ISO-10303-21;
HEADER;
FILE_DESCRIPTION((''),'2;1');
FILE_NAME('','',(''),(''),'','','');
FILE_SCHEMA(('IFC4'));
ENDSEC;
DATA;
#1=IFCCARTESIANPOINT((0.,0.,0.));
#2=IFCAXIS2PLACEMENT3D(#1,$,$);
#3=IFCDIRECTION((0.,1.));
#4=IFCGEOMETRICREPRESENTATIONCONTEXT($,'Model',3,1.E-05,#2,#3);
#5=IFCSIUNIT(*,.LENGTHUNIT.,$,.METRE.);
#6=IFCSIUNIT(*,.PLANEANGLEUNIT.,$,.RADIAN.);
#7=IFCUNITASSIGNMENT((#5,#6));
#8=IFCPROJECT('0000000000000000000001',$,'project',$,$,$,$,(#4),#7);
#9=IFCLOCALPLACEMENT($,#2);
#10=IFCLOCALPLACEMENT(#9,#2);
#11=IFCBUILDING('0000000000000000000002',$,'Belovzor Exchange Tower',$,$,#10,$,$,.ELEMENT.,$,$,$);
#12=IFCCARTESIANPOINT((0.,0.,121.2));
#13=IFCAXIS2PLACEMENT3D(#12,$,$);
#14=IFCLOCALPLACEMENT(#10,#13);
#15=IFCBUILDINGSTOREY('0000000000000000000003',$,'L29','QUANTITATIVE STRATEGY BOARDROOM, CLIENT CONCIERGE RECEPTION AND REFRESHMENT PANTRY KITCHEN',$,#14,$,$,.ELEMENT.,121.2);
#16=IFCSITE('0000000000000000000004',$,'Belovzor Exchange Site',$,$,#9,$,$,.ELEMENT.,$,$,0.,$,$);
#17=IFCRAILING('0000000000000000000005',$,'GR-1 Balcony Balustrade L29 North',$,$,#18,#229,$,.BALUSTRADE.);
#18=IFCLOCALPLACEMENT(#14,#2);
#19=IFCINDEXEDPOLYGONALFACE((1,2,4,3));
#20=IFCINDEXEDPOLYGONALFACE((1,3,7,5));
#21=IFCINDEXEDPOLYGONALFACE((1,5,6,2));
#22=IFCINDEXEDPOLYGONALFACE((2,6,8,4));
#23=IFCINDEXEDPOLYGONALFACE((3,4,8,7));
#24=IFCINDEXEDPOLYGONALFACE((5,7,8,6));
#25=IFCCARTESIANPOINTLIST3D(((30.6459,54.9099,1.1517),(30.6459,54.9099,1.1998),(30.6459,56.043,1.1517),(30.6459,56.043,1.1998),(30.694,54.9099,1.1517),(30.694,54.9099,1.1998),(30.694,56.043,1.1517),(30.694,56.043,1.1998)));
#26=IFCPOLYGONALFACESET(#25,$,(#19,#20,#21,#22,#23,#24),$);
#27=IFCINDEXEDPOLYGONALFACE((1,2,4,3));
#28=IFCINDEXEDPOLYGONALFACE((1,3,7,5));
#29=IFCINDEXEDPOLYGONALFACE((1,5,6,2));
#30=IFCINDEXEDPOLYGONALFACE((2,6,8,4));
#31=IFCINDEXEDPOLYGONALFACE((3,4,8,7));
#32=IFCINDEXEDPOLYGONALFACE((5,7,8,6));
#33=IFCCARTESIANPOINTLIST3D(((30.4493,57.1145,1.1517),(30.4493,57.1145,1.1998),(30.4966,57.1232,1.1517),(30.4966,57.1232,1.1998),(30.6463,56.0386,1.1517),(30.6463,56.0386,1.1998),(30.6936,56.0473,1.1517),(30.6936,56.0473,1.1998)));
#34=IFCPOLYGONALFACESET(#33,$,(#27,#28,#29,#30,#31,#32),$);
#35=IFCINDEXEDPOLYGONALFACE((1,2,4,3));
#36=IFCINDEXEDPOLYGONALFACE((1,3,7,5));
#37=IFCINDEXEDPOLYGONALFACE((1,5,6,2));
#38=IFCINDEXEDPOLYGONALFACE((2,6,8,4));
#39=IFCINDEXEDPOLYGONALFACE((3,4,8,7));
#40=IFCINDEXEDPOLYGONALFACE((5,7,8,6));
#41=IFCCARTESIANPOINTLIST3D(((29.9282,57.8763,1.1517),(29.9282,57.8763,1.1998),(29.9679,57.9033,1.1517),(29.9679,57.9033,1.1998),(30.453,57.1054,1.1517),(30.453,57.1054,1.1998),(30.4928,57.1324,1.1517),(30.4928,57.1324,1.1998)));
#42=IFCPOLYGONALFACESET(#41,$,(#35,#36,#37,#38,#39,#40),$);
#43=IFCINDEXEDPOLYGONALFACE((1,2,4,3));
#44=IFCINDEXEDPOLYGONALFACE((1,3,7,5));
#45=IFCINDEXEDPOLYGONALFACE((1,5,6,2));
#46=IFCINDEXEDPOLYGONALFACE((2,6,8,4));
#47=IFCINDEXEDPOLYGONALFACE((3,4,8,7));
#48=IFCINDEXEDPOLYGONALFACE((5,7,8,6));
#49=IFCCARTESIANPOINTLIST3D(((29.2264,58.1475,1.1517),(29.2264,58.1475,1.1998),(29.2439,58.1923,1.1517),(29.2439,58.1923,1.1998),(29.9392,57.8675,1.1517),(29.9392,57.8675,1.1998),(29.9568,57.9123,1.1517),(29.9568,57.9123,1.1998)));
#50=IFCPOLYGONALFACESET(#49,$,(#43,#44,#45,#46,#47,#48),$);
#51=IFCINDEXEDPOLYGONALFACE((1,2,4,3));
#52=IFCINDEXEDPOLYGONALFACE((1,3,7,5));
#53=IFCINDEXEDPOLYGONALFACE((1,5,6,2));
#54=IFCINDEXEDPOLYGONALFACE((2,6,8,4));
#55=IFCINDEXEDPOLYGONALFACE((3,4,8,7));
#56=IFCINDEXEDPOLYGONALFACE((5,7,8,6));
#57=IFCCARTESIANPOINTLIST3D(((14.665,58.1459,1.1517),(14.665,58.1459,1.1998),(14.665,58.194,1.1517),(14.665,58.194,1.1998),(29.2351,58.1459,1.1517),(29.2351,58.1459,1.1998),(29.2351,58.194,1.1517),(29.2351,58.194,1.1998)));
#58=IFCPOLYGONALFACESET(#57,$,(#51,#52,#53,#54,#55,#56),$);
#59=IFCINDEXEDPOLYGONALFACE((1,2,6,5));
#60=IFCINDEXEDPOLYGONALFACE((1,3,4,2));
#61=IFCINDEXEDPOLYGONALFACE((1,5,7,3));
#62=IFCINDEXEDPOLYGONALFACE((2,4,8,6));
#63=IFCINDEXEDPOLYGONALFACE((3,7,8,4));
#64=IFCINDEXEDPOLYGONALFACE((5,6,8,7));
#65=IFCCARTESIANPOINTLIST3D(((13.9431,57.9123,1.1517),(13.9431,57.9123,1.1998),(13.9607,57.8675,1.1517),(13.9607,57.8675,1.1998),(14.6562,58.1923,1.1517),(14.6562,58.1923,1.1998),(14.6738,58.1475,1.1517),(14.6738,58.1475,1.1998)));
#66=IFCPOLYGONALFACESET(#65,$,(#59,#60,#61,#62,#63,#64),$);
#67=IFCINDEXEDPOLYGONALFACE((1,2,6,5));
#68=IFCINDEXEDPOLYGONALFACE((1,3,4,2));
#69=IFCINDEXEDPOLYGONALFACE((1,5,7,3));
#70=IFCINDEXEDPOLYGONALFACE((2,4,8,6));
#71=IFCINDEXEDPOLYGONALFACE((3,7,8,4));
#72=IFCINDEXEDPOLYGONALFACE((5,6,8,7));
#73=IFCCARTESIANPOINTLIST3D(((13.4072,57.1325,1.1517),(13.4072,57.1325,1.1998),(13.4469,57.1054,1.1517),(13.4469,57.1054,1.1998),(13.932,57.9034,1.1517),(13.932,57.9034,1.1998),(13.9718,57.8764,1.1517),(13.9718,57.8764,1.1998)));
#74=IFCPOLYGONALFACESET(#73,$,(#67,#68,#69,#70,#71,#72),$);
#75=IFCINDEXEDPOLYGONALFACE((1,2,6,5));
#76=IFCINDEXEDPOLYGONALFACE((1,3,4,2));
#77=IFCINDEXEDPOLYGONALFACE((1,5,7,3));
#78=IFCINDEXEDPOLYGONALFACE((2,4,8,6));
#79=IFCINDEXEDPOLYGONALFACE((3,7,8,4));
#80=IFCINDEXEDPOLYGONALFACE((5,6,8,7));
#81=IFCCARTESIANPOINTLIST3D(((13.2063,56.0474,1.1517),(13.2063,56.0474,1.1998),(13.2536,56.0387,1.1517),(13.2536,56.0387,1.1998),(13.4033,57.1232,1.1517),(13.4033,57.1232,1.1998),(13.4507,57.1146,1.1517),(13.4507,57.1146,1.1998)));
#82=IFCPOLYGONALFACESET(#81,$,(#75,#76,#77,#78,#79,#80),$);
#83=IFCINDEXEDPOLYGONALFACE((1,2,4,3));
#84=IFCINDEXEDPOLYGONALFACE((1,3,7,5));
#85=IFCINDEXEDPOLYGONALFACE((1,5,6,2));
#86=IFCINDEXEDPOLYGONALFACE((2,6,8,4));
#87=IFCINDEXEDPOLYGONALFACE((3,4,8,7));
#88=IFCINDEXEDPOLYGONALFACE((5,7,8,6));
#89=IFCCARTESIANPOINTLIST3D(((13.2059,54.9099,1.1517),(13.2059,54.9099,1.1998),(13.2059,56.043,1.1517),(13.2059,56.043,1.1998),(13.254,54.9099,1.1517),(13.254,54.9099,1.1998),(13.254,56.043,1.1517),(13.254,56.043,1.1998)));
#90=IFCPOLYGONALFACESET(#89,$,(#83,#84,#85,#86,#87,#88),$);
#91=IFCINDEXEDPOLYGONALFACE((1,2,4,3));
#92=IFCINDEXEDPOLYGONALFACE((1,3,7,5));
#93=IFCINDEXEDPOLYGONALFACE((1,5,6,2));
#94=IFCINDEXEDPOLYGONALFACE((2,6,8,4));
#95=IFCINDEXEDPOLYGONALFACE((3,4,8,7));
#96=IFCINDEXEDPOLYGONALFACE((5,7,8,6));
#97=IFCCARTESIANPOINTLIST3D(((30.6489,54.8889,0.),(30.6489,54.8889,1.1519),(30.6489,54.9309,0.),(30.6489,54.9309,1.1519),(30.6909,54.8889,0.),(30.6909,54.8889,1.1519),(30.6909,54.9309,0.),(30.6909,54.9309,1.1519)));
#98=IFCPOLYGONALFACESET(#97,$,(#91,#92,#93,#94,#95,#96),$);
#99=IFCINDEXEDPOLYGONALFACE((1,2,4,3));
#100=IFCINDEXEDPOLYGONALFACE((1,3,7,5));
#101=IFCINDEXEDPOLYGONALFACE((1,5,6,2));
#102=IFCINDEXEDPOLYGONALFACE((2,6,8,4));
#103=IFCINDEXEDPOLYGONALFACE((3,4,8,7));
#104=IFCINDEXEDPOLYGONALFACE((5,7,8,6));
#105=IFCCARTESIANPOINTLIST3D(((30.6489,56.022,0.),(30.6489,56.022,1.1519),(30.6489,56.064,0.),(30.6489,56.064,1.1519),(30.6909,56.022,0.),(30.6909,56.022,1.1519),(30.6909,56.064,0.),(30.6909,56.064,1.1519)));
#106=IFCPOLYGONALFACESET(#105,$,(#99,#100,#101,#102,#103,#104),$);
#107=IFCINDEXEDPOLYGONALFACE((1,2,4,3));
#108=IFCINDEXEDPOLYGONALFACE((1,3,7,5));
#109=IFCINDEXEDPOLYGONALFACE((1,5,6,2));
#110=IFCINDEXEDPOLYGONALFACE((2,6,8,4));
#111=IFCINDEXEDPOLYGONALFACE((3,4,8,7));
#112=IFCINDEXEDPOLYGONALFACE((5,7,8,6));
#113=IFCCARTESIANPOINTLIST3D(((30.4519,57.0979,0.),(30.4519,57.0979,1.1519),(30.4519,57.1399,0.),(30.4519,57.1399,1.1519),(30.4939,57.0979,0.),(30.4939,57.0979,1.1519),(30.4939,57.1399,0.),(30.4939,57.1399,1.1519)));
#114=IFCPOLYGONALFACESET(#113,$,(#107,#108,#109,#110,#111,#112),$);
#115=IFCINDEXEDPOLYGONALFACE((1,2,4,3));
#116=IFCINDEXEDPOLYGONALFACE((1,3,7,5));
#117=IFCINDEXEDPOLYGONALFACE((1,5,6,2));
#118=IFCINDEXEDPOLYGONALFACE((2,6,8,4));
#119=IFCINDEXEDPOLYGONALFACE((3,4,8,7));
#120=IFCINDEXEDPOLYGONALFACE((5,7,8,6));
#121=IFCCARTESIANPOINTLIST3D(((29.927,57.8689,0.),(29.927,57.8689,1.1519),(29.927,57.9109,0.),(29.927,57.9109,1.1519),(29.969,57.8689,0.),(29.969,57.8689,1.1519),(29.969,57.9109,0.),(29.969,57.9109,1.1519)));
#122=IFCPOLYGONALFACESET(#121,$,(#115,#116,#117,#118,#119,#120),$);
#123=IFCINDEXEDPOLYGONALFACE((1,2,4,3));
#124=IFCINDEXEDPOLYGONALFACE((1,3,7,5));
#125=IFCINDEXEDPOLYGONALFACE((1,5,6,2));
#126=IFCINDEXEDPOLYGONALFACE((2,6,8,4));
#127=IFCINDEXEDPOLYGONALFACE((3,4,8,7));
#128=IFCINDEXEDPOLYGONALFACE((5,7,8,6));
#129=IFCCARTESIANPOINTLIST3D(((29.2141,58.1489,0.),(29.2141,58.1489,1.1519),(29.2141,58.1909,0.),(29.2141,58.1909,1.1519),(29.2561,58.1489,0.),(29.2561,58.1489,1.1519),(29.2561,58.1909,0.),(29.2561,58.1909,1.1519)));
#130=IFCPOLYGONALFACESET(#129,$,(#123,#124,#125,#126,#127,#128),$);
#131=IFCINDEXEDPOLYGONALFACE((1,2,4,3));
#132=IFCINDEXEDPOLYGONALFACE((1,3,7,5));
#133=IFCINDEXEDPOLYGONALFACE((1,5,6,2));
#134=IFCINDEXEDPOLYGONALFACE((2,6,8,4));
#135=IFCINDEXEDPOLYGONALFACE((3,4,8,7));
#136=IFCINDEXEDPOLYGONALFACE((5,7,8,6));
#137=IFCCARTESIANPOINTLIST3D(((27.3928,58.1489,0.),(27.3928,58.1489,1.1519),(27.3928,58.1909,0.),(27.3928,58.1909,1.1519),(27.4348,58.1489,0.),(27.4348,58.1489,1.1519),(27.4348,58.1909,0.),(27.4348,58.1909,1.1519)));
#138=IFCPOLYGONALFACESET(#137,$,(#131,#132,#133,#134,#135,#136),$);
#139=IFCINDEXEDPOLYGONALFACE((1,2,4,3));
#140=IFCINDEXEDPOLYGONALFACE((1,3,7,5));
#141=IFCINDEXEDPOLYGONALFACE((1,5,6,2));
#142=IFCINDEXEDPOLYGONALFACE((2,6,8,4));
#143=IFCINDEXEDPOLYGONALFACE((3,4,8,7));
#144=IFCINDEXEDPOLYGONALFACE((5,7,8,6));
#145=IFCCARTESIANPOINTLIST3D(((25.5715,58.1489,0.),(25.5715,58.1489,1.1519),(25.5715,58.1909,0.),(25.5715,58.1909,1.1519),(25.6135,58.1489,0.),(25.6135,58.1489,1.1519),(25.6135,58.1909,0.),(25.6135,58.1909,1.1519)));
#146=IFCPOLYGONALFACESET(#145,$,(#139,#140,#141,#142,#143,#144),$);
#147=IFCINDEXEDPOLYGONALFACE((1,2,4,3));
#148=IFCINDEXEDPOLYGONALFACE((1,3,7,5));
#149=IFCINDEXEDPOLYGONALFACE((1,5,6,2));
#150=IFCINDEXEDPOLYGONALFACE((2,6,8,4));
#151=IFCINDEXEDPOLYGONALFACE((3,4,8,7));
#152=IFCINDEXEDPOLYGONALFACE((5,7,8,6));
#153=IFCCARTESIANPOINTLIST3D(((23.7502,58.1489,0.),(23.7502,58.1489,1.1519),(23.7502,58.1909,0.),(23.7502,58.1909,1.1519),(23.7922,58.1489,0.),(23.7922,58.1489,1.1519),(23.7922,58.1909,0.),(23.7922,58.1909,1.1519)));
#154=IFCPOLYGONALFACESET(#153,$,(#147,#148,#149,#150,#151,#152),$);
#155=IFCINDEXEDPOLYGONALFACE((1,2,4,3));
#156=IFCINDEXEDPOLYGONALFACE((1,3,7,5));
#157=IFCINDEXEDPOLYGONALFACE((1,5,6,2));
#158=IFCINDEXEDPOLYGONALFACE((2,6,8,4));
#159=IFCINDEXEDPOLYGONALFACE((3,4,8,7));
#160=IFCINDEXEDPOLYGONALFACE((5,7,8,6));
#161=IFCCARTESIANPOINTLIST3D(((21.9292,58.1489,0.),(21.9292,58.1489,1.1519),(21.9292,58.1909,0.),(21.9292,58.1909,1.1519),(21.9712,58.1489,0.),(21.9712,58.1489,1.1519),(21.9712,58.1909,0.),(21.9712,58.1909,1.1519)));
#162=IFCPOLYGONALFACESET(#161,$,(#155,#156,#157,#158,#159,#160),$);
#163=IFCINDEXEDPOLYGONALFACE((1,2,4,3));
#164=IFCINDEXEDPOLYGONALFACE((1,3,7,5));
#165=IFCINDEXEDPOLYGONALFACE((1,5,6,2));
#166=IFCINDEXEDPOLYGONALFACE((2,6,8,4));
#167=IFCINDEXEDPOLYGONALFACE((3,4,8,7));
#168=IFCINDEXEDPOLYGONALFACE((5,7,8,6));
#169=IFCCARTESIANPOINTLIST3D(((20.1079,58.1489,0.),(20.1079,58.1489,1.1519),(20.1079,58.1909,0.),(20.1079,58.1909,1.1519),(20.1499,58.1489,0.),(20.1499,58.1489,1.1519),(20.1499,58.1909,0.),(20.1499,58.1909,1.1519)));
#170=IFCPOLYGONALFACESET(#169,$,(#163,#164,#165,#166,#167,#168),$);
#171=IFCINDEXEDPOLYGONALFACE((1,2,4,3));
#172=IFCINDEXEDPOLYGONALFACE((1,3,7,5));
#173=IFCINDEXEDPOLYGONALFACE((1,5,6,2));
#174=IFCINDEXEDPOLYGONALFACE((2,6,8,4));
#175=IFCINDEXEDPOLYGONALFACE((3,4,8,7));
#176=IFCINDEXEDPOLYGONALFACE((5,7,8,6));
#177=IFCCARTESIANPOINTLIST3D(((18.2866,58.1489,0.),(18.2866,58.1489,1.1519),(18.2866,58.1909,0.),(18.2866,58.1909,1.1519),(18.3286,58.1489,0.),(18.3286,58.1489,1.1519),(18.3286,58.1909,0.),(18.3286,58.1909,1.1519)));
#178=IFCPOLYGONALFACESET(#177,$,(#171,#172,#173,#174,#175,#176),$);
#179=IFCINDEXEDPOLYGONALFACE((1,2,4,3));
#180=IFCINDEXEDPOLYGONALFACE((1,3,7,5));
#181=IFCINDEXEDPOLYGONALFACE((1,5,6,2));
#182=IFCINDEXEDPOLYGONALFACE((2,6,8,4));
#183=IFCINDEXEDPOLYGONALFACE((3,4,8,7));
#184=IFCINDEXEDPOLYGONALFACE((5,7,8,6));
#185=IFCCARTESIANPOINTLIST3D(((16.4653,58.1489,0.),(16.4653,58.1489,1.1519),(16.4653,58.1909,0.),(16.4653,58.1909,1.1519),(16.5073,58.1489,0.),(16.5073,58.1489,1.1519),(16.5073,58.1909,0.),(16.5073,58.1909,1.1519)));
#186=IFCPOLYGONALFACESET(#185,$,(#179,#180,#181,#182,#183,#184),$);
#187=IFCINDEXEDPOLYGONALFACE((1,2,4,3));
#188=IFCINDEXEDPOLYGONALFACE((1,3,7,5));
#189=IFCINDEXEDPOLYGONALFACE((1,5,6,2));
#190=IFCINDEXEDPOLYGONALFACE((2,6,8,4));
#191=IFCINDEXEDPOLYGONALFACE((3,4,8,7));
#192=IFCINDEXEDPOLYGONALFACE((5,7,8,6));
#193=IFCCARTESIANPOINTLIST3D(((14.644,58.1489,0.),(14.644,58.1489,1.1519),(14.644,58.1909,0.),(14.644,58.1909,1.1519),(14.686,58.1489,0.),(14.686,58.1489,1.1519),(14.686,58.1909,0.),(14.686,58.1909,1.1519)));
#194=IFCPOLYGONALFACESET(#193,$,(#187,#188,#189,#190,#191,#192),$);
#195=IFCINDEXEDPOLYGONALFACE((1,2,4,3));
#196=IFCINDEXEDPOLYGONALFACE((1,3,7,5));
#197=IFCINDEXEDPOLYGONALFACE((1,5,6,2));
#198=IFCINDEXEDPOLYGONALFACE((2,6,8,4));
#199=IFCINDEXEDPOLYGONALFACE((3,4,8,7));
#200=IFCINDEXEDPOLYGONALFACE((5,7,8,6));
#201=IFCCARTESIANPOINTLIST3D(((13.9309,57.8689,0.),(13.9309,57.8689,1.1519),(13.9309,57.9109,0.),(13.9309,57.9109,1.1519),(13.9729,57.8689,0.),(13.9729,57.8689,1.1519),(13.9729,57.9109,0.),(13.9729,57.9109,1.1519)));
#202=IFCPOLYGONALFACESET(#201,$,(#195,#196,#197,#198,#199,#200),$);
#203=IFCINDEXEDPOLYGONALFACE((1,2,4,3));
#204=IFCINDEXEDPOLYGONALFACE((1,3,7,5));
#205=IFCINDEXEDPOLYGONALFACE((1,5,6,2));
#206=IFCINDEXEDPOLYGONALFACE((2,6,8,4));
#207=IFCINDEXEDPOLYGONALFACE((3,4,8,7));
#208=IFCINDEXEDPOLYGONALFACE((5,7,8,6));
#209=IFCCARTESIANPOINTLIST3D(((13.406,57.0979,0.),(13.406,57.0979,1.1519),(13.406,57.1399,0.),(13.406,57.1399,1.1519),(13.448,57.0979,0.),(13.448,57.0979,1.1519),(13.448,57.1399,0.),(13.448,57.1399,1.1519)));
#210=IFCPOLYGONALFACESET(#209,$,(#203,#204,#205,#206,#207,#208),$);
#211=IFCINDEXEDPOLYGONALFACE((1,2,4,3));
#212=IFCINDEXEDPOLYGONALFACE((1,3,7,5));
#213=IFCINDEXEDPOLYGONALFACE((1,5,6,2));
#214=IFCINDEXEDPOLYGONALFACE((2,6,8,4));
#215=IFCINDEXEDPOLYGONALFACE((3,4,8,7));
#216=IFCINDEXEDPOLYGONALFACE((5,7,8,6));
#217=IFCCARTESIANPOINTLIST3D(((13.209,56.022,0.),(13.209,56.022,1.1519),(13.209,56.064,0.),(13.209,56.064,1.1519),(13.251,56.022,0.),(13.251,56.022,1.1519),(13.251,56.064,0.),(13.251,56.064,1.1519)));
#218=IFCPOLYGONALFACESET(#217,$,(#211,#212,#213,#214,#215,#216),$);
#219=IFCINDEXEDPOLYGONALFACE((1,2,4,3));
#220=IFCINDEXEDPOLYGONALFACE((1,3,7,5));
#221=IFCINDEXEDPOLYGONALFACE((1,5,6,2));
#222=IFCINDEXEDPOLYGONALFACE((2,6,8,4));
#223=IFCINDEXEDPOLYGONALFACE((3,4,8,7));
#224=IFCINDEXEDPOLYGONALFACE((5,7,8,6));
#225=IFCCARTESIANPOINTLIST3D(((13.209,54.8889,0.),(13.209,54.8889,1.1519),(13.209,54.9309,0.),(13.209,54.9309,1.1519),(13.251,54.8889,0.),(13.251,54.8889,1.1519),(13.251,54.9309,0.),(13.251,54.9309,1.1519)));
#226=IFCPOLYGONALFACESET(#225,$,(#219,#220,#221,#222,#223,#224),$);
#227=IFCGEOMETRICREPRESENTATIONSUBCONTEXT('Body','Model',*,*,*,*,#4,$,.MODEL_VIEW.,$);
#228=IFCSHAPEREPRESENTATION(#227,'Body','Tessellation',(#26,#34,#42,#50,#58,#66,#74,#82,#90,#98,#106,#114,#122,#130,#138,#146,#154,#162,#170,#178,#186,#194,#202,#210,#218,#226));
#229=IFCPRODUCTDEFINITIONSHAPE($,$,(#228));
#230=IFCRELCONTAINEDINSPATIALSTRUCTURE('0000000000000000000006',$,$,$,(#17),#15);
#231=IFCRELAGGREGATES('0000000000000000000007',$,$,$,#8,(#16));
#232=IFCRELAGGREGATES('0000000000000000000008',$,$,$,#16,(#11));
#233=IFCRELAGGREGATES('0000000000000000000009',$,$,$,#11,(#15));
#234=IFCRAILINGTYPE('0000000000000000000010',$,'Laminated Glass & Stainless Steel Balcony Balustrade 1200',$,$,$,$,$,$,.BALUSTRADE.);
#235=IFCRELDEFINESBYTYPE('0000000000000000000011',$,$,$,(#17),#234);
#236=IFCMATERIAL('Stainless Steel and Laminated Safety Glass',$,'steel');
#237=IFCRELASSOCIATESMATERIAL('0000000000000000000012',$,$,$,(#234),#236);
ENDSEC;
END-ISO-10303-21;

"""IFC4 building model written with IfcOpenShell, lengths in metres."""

from ifc_helpers import new_model, si_unit, direction, frame, origin, origin_2d, place, context, subcontext, project, spatial, rectangle, extrude, material, type_object, element, save


model = new_model("IFC4")

# Units and contexts
model_context = context("Model", 3, precision=1e-05, world=origin(), true_north=direction((0.0, 1.0)))
body_context = subcontext(model_context, "Body", "Model", "MODEL_VIEW")
ifc_project = project(units=[si_unit("LENGTHUNIT", "METRE"), si_unit("PLANEANGLEUNIT", "RADIAN")], contexts=[model_context])

# Site, building, storey
site_placement = place(None, origin())
site = spatial("IfcSite", under=ifc_project, at=site_placement, Name="Belovzor Exchange Site", CompositionType="ELEMENT", RefElevation=0.0)
building_placement = place(site_placement, origin())
building = spatial("IfcBuilding", under=site, at=building_placement, Name="Belovzor Exchange Tower", CompositionType="ELEMENT")
storey_placement = place(building_placement, frame((0.0, 0.0, 121.2)))
storey = spatial("IfcBuildingStorey", under=building, at=storey_placement, Name="L29", Description="QUANTITATIVE STRATEGY BOARDROOM, CLIENT CONCIERGE RECEPTION AND REFRESHMENT PANTRY KITCHEN", CompositionType="ELEMENT", Elevation=121.2)

# Railing
ifc_material_1 = material(Name="Stainless Steel and Laminated Safety Glass", Category="steel")
railing_type = type_object("IfcRailingType", Name="Laminated Glass & Stainless Steel Balcony Balustrade 1200", PredefinedType="BALUSTRADE", material=ifc_material_1)
railing_placement = place(storey_placement, frame((30.6699, 54.9099, 0.0)))
element("IfcRailing", 1, at=railing_placement, inside=storey, type_object=railing_type, Name="GR-1 Balcony Balustrade L29 North", PredefinedType="BALUSTRADE", context=body_context, shape_type="SweptSolid", body=[
    extrude(rectangle(XDim=0.0481, YDim=0.0481, at=origin_2d()), frame((0.0, 0.0, 1.1758), z_axis=(0.0, 1.0, 0.0), x_axis=(-1.0, 0.0, 0.0)), (0.0, 0.0, 1.0), 1.1331),
    extrude(rectangle(XDim=0.0481, YDim=0.0481, at=origin_2d()), frame((0.0, 1.1331, 1.1758), z_axis=(-0.180123, 0.983644, 0.0), x_axis=(-0.983644, -0.180123, 0.0)), (0.0, 0.0, 1.0), 1.0938),
    extrude(rectangle(XDim=0.0481, YDim=0.0481, at=origin_2d()), frame((-0.197, 2.209, 1.1758), z_axis=(-0.562768, 0.826615, 0.0), x_axis=(-0.826615, -0.562768, 0.0)), (0.0, 0.0, 1.0), 0.9326),
    extrude(rectangle(XDim=0.0481, YDim=0.0481, at=origin_2d()), frame((-0.7219, 2.98, 1.1758), z_axis=(-0.930767, 0.365613, 0.0), x_axis=(-0.365613, -0.930767, 0.0)), (0.0, 0.0, 1.0), 0.7659),
    extrude(rectangle(XDim=0.0481, YDim=0.0481, at=origin_2d()), frame((-1.4348, 3.26, 1.1758), z_axis=(-1.0, 0.0, 0.0), x_axis=(0.0, -1.0, 0.0)), (0.0, 0.0, 1.0), 14.5701),
    extrude(rectangle(XDim=0.0481, YDim=0.0481, at=origin_2d()), frame((-16.0049, 3.26, 1.1758), z_axis=(-0.93081, -0.365504, 0.0), x_axis=(0.365504, -0.93081, 0.0)), (0.0, 0.0, 1.0), 0.7661),
    extrude(rectangle(XDim=0.0481, YDim=0.0481, at=origin_2d()), frame((-16.718, 2.98, 1.1758), z_axis=(-0.562768, -0.826615, 0.0), x_axis=(0.826615, -0.562768, 0.0)), (0.0, 0.0, 1.0), 0.9326),
    extrude(rectangle(XDim=0.0481, YDim=0.0481, at=origin_2d()), frame((-17.2429, 2.209, 1.1758), z_axis=(-0.180123, -0.983644, 0.0), x_axis=(0.983644, -0.180123, 0.0)), (0.0, 0.0, 1.0), 1.0938),
    extrude(rectangle(XDim=0.0481, YDim=0.0481, at=origin_2d()), frame((-17.4399, 1.1331, 1.1758), z_axis=(0.0, -1.0, 0.0), x_axis=(1.0, 0.0, 0.0)), (0.0, 0.0, 1.0), 1.1331),
    extrude(rectangle(XDim=0.042, YDim=0.042, at=origin_2d()), origin(), (0.0, 0.0, 1.0), 1.1519),
    extrude(rectangle(XDim=0.042, YDim=0.042, at=origin_2d()), frame((0.0, 1.1331, 0.0)), (0.0, 0.0, 1.0), 1.1519),
    extrude(rectangle(XDim=0.042, YDim=0.042, at=origin_2d()), frame((-0.197, 2.209, 0.0)), (0.0, 0.0, 1.0), 1.1519),
    extrude(rectangle(XDim=0.042, YDim=0.042, at=origin_2d()), frame((-0.7219, 2.98, 0.0)), (0.0, 0.0, 1.0), 1.1519),
    extrude(rectangle(XDim=0.042, YDim=0.042, at=origin_2d()), frame((-1.4348, 3.26, 0.0)), (0.0, 0.0, 1.0), 1.1519),
    extrude(rectangle(XDim=0.042, YDim=0.042, at=origin_2d()), frame((-3.2561, 3.26, 0.0)), (0.0, 0.0, 1.0), 1.1519),
    extrude(rectangle(XDim=0.042, YDim=0.042, at=origin_2d()), frame((-5.0774, 3.26, 0.0)), (0.0, 0.0, 1.0), 1.1519),
    extrude(rectangle(XDim=0.042, YDim=0.042, at=origin_2d()), frame((-6.8987, 3.26, 0.0)), (0.0, 0.0, 1.0), 1.1519),
    extrude(rectangle(XDim=0.042, YDim=0.042, at=origin_2d()), frame((-8.7197, 3.26, 0.0)), (0.0, 0.0, 1.0), 1.1519),
    extrude(rectangle(XDim=0.042, YDim=0.042, at=origin_2d()), frame((-10.541, 3.26, 0.0)), (0.0, 0.0, 1.0), 1.1519),
    extrude(rectangle(XDim=0.042, YDim=0.042, at=origin_2d()), frame((-12.3623, 3.26, 0.0)), (0.0, 0.0, 1.0), 1.1519),
    extrude(rectangle(XDim=0.042, YDim=0.042, at=origin_2d()), frame((-14.1836, 3.26, 0.0)), (0.0, 0.0, 1.0), 1.1519),
    extrude(rectangle(XDim=0.042, YDim=0.042, at=origin_2d()), frame((-16.0049, 3.26, 0.0)), (0.0, 0.0, 1.0), 1.1519),
    extrude(rectangle(XDim=0.042, YDim=0.042, at=origin_2d()), frame((-16.718, 2.98, 0.0)), (0.0, 0.0, 1.0), 1.1519),
    extrude(rectangle(XDim=0.042, YDim=0.042, at=origin_2d()), frame((-17.2429, 2.209, 0.0)), (0.0, 0.0, 1.0), 1.1519),
    extrude(rectangle(XDim=0.042, YDim=0.042, at=origin_2d()), frame((-17.4399, 1.1331, 0.0)), (0.0, 0.0, 1.0), 1.1519),
    extrude(rectangle(XDim=0.042, YDim=0.042, at=origin_2d()), frame((-17.4399, 0.0, 0.0)), (0.0, 0.0, 1.0), 1.1519),
])

save(model, "model.ifc")
